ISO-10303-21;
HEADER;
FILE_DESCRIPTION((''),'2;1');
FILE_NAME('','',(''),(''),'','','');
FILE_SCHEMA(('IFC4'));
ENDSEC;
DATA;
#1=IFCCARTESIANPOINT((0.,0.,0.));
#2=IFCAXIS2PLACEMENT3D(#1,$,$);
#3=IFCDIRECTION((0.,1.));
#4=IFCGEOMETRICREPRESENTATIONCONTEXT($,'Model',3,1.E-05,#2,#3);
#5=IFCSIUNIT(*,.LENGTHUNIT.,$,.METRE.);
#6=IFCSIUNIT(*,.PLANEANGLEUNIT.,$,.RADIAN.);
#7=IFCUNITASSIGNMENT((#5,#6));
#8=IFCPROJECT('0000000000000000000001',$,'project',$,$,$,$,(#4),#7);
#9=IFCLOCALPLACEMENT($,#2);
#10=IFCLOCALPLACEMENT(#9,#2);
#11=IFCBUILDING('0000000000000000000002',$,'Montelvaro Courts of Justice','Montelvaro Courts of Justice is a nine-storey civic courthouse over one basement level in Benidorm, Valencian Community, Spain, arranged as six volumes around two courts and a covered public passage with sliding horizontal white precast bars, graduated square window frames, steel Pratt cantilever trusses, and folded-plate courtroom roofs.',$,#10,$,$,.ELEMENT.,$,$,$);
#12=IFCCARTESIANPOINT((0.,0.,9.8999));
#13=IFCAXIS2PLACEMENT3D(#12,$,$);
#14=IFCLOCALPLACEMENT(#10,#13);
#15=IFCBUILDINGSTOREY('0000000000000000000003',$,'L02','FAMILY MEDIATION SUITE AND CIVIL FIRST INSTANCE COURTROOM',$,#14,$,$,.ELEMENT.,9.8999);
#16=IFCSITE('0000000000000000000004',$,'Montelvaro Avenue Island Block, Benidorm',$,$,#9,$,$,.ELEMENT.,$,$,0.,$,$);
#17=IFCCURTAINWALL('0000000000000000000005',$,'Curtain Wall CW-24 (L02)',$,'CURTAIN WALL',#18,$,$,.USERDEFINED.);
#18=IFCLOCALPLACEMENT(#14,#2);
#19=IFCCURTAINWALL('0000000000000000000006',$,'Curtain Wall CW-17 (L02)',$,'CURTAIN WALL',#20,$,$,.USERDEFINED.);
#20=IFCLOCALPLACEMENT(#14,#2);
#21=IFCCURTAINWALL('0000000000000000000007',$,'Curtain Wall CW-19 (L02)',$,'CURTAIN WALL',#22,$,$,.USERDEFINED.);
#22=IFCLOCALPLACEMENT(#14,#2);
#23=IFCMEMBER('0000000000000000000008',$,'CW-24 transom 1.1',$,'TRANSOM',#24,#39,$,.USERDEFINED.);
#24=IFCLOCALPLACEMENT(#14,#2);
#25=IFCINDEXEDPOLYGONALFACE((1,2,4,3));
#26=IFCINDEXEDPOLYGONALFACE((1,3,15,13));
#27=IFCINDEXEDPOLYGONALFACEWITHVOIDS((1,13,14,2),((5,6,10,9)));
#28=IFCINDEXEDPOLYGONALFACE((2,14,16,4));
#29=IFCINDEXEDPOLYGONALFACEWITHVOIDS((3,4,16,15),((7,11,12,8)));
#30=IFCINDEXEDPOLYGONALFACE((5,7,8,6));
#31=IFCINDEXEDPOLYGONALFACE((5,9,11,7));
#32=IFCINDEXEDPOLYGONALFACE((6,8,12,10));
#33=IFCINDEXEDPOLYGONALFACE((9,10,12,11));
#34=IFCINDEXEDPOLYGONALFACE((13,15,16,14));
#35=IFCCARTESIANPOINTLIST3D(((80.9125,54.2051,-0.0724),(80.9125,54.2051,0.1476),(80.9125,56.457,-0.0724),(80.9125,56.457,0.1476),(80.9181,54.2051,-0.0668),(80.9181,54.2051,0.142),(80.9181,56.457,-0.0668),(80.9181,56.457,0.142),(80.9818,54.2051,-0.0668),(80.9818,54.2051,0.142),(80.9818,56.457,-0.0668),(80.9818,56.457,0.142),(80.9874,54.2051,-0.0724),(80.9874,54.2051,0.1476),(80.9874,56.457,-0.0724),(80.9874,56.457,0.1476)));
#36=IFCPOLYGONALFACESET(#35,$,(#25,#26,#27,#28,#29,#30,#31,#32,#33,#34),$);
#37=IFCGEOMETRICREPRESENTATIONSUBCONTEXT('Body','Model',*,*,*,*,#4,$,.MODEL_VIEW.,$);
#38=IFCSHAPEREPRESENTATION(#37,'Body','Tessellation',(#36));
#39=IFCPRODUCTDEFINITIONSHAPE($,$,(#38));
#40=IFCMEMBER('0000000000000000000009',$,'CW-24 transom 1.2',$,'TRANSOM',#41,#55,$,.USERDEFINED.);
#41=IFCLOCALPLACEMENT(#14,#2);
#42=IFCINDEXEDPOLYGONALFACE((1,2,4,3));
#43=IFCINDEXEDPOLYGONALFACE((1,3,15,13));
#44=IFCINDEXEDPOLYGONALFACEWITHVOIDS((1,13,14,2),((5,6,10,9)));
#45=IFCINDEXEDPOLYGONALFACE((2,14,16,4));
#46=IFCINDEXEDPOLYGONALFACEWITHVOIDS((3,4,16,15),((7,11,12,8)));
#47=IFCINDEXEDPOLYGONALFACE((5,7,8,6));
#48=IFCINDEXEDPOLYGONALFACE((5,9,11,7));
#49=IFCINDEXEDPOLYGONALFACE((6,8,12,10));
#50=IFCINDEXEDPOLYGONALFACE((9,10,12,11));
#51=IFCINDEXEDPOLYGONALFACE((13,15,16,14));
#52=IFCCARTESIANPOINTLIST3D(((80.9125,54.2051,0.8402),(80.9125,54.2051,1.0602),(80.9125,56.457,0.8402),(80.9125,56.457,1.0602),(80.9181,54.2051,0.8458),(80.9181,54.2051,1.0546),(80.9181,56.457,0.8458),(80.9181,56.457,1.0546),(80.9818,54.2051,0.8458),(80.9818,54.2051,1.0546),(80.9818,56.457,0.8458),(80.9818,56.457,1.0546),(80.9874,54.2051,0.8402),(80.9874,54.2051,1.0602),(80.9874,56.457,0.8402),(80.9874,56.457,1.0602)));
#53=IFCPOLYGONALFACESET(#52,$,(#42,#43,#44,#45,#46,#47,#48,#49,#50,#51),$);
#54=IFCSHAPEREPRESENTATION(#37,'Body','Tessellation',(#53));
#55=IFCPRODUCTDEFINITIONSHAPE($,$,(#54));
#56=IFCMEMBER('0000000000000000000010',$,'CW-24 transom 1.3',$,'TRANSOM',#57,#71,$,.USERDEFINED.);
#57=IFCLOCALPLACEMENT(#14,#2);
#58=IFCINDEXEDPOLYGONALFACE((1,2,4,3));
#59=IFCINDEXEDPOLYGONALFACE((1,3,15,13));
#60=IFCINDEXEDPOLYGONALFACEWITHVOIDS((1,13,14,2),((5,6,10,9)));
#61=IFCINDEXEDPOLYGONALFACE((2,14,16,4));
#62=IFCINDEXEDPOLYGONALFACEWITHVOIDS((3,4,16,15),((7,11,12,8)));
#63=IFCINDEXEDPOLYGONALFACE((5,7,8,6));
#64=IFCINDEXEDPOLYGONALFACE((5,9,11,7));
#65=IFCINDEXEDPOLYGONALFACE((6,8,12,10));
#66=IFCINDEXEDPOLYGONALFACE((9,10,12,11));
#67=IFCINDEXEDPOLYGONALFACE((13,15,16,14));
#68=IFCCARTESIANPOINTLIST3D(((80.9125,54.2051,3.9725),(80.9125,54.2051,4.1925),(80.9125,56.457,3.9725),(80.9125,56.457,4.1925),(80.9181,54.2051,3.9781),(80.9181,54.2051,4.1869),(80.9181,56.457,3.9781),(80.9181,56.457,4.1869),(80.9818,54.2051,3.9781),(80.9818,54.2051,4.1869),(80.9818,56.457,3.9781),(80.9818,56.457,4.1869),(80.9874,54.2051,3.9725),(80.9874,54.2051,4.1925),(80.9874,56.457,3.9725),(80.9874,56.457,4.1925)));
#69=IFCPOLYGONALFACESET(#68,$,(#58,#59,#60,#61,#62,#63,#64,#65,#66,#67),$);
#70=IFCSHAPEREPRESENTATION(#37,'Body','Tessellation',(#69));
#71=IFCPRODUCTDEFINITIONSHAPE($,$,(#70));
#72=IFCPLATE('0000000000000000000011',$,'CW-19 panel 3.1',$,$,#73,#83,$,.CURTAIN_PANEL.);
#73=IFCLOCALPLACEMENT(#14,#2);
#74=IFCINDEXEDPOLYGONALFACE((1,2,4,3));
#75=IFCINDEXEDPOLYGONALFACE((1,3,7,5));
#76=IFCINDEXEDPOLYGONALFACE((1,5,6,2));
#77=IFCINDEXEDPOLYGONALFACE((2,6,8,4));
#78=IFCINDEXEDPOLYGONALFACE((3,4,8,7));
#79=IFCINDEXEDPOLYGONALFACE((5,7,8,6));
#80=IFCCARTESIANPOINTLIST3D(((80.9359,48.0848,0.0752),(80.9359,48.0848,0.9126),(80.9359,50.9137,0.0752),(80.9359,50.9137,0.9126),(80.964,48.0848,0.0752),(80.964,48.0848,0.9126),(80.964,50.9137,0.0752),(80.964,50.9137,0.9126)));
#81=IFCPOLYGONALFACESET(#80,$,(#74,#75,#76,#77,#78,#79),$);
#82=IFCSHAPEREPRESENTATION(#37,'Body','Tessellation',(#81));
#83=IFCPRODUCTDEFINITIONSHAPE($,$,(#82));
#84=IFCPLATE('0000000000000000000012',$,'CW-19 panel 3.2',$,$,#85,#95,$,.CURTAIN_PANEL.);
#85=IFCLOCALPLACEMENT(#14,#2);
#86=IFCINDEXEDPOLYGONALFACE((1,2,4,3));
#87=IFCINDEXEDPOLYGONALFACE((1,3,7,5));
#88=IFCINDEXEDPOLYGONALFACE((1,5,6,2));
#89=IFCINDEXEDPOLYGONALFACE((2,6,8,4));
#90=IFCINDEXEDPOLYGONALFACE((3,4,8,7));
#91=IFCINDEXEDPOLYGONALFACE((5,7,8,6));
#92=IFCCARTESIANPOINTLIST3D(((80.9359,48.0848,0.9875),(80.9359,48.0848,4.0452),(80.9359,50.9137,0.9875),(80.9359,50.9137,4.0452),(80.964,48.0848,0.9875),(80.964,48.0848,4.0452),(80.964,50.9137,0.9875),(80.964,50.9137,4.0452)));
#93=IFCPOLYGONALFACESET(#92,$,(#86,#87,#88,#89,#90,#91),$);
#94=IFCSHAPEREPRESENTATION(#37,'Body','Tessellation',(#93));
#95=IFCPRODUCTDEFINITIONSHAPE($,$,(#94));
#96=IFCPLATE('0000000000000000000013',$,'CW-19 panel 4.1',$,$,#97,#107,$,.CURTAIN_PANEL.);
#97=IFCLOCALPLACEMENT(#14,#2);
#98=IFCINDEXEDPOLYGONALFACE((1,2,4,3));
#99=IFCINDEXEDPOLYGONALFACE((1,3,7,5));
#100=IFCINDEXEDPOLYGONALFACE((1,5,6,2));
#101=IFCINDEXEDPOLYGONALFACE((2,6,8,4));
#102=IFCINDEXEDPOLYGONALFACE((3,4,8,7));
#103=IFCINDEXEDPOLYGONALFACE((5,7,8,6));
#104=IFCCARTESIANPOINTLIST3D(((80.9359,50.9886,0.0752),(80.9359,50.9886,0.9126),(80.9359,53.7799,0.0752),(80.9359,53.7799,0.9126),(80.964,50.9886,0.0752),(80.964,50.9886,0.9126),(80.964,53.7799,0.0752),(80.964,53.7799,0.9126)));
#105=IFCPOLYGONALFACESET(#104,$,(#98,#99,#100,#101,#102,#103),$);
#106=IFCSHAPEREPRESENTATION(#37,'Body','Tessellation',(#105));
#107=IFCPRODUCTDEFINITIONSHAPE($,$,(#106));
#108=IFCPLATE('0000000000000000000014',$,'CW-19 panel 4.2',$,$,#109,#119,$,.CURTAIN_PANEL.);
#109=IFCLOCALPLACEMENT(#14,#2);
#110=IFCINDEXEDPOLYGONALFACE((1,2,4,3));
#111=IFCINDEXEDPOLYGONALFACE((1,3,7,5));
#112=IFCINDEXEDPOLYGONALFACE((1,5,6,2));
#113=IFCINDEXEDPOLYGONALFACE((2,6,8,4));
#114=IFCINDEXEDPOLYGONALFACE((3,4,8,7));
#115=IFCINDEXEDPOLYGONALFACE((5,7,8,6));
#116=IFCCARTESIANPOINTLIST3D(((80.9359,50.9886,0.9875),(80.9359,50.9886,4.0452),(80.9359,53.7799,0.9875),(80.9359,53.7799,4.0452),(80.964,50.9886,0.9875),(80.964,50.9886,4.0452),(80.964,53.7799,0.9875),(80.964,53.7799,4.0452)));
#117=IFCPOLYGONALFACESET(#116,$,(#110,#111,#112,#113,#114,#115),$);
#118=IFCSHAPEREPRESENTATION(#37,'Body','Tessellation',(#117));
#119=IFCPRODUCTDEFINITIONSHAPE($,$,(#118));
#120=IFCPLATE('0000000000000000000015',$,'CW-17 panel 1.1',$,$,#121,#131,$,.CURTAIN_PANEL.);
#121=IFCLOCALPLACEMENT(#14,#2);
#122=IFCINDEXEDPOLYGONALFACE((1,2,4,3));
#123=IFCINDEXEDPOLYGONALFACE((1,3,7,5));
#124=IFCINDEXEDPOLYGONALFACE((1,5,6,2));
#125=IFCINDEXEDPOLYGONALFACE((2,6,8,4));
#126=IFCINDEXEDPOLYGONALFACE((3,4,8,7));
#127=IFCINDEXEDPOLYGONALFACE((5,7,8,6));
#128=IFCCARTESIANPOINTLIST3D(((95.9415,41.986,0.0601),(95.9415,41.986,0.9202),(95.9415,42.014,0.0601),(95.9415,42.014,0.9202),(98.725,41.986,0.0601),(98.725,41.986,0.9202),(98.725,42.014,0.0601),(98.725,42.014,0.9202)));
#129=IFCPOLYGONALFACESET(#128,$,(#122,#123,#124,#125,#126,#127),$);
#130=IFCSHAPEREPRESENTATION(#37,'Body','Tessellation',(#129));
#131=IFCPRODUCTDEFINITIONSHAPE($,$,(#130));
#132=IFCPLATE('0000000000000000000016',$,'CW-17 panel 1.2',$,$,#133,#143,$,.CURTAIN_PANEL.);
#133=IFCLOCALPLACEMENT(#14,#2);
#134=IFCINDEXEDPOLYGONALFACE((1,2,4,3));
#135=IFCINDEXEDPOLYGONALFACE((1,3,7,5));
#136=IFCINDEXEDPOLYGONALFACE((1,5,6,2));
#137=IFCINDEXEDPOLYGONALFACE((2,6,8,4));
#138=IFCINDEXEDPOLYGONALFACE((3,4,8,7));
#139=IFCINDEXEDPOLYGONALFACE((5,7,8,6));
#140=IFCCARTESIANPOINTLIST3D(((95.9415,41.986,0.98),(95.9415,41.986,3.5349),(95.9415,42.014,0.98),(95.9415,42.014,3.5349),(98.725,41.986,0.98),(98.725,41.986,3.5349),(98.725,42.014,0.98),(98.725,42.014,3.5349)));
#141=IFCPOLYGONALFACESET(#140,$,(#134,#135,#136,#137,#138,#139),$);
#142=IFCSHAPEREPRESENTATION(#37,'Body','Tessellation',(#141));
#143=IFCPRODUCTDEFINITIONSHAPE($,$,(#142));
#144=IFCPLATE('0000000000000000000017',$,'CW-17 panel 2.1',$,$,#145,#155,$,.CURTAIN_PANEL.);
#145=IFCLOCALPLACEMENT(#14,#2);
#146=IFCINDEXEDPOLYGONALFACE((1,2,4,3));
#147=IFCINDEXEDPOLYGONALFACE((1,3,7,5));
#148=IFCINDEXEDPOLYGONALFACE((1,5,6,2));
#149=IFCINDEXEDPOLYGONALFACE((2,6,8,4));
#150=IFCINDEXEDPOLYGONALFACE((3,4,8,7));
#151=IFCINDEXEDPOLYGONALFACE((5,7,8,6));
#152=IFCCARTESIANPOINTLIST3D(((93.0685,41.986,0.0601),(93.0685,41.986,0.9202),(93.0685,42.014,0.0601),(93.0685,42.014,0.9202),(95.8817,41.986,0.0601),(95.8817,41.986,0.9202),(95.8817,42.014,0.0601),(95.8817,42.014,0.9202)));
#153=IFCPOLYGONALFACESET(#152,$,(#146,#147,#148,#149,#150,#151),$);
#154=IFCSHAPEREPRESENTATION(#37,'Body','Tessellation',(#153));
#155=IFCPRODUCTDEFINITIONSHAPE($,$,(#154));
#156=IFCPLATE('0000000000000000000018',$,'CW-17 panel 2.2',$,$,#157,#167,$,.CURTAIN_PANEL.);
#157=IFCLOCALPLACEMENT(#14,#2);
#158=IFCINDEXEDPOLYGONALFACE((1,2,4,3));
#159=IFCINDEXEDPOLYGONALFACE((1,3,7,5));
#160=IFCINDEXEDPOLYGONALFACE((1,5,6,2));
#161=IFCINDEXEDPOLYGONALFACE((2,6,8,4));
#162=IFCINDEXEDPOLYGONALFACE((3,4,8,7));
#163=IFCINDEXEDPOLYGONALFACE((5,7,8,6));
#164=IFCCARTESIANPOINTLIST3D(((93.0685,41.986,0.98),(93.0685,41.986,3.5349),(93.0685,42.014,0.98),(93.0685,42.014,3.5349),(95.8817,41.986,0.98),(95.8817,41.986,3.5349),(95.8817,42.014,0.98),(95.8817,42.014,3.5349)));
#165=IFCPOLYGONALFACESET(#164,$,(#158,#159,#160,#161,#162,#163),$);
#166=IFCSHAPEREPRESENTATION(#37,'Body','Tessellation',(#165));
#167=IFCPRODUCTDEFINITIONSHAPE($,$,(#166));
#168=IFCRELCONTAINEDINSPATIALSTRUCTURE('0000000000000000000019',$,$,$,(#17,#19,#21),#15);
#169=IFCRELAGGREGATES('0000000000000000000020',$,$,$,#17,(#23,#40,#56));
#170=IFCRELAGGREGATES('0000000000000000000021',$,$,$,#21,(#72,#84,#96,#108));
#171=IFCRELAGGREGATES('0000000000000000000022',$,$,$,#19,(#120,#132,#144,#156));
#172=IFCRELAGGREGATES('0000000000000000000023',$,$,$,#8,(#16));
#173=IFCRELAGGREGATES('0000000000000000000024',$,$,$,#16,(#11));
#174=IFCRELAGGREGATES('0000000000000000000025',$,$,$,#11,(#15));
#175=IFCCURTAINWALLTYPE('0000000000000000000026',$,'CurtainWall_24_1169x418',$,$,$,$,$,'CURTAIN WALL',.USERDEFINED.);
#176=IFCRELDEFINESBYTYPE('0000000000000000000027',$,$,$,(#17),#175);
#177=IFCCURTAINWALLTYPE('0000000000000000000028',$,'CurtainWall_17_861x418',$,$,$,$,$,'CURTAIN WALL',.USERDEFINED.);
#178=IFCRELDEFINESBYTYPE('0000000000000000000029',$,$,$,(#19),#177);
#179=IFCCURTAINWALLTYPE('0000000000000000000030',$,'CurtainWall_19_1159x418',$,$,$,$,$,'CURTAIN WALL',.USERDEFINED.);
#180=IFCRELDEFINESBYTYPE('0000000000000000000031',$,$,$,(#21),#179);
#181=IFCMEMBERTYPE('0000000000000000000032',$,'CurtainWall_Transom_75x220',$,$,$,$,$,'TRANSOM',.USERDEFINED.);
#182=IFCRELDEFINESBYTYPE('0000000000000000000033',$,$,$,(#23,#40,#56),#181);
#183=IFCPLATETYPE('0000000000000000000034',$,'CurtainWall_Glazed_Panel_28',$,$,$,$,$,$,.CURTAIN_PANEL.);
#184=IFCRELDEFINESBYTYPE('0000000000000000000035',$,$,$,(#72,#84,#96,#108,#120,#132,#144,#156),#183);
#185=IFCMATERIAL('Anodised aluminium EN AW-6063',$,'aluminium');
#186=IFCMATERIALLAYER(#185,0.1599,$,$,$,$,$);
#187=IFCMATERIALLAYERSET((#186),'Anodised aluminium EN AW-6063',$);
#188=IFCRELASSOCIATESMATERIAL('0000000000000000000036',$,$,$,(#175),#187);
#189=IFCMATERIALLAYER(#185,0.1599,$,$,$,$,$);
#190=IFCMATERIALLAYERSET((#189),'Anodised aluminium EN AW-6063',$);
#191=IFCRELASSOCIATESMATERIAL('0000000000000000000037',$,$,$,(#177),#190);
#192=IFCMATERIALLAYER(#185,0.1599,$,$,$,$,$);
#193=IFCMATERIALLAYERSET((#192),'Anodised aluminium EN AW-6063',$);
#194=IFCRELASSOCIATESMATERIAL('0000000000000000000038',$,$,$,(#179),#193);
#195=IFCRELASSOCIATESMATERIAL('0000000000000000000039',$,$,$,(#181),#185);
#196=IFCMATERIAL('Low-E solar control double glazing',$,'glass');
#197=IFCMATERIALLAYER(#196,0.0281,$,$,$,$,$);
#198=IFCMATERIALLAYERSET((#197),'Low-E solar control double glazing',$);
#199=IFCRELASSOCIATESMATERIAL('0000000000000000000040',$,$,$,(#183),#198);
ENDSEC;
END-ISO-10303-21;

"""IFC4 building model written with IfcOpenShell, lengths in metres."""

from ifc_helpers import new_model, si_unit, direction, frame, origin, origin_2d, place, context, subcontext, project, spatial, rectangle, hollow_rectangle, extrude, material, layer, layer_set, material_profile, profile_set, type_object, element, aggregate, save


model = new_model("IFC4")

# Units and contexts
model_context = context("Model", 3, precision=1e-05, world=origin(), true_north=direction((0.0, 1.0)))
body_context = subcontext(model_context, "Body", "Model", "MODEL_VIEW")
ifc_project = project(units=[si_unit("LENGTHUNIT", "METRE"), si_unit("PLANEANGLEUNIT", "RADIAN")], contexts=[model_context])

# Site, building, storey
site_placement = place(None, origin())
site = spatial("IfcSite", under=ifc_project, at=site_placement, Name="Montelvaro Avenue Island Block, Benidorm", CompositionType="ELEMENT", RefElevation=0.0)
building_placement = place(site_placement, origin())
building = spatial("IfcBuilding", under=site, at=building_placement, Name="Montelvaro Courts of Justice", Description="Montelvaro Courts of Justice is a nine-storey civic courthouse over one basement level in Benidorm, Valencian Community, Spain, arranged as six volumes around two courts and a covered public passage with sliding horizontal white precast bars, graduated square window frames, steel Pratt cantilever trusses, and folded-plate courtroom roofs.", CompositionType="ELEMENT")
storey_placement = place(building_placement, frame((0.0, 0.0, 9.8999)))
storey = spatial("IfcBuildingStorey", under=building, at=storey_placement, Name="L02", Description="FAMILY MEDIATION SUITE AND CIVIL FIRST INSTANCE COURTROOM", CompositionType="ELEMENT", Elevation=9.8999)

# Curtain wall
ifc_material_1 = material(Name="Anodised aluminium EN AW-6063", Category="aluminium")
ifc_layer_1 = layer(ifc_material_1, 0.1599)
ifc_layer_set_1 = layer_set([ifc_layer_1], Name="Anodised aluminium EN AW-6063")
curtain_wall_type_1 = type_object("IfcCurtainWallType", Name="CurtainWall_24_1169x418", ElementType="CURTAIN WALL", PredefinedType="USERDEFINED", material=ifc_layer_set_1)
curtain_wall_1_placement = place(storey_placement, origin())
curtain_wall_1 = element("IfcCurtainWall", 1, at=curtain_wall_1_placement, inside=storey, type_object=curtain_wall_type_1, Name="Curtain Wall CW-24 (L02)", ObjectType="CURTAIN WALL", PredefinedType="USERDEFINED")

# Curtain walls
ifc_layer_2 = layer(ifc_material_1, 0.1599)
ifc_layer_set_2 = layer_set([ifc_layer_2], Name="Anodised aluminium EN AW-6063")
curtain_wall_type_2 = type_object("IfcCurtainWallType", Name="CurtainWall_17_861x418", ElementType="CURTAIN WALL", PredefinedType="USERDEFINED", material=ifc_layer_set_2)
curtain_wall_2_placement = place(storey_placement, origin())
curtain_wall_2 = element("IfcCurtainWall", 2, at=curtain_wall_2_placement, inside=storey, type_object=curtain_wall_type_2, Name="Curtain Wall CW-17 (L02)", ObjectType="CURTAIN WALL", PredefinedType="USERDEFINED")
ifc_layer_3 = layer(ifc_material_1, 0.1599)
ifc_layer_set_3 = layer_set([ifc_layer_3], Name="Anodised aluminium EN AW-6063")
curtain_wall_type_3 = type_object("IfcCurtainWallType", Name="CurtainWall_19_1159x418", ElementType="CURTAIN WALL", PredefinedType="USERDEFINED", material=ifc_layer_set_3)
curtain_wall_3_placement = place(storey_placement, origin())
curtain_wall_3 = element("IfcCurtainWall", 3, at=curtain_wall_3_placement, inside=storey, type_object=curtain_wall_type_3, Name="Curtain Wall CW-19 (L02)", ObjectType="CURTAIN WALL", PredefinedType="USERDEFINED")

# Members
ifc_material_profile_1 = material_profile(ifc_material_1, hollow_rectangle(XDim=0.075, YDim=0.22, WallThickness=0.0056, at=origin_2d()), Name="ALU-T 75x220")
ifc_profile_set_1 = profile_set([ifc_material_profile_1], Name="Anodised aluminium EN AW-6063")
member_type_1 = type_object("IfcMemberType", Name="CurtainWall_Transom_75x220", ElementType="TRANSOM", PredefinedType="USERDEFINED", material=ifc_profile_set_1)
member_1_placement = place(storey_placement, frame((80.95, 54.2051, 0.0376), z_axis=(0.0, 1.0, 0.0), x_axis=(-1.0, 0.0, 0.0)))
member_1 = element("IfcMember", 4, at=member_1_placement, type_object=member_type_1, Name="CW-24 transom 1.1", ObjectType="TRANSOM", PredefinedType="USERDEFINED", context=body_context, shape_type="SweptSolid", body=[
    extrude(hollow_rectangle(XDim=0.075, YDim=0.22, WallThickness=0.0056, at=origin_2d()), origin(), (0.0, 0.0, 1.0), 2.252),
])
member_2_placement = place(storey_placement, frame((80.95, 54.2051, 0.9502), z_axis=(0.0, 1.0, 0.0), x_axis=(-1.0, 0.0, 0.0)))
member_2 = element("IfcMember", 5, at=member_2_placement, type_object=member_type_1, Name="CW-24 transom 1.2", ObjectType="TRANSOM", PredefinedType="USERDEFINED", context=body_context, shape_type="SweptSolid", body=[
    extrude(hollow_rectangle(XDim=0.075, YDim=0.22, WallThickness=0.0056, at=origin_2d()), origin(), (0.0, 0.0, 1.0), 2.252),
])
member_3_placement = place(storey_placement, frame((80.95, 54.2051, 4.0825), z_axis=(0.0, 1.0, 0.0), x_axis=(-1.0, 0.0, 0.0)))
member_3 = element("IfcMember", 6, at=member_3_placement, type_object=member_type_1, Name="CW-24 transom 1.3", ObjectType="TRANSOM", PredefinedType="USERDEFINED", context=body_context, shape_type="SweptSolid", body=[
    extrude(hollow_rectangle(XDim=0.075, YDim=0.22, WallThickness=0.0056, at=origin_2d()), origin(), (0.0, 0.0, 1.0), 2.252),
])
aggregate(curtain_wall_1, [member_1, member_2, member_3])

# Plates
ifc_material_2 = material(Name="Low-E solar control double glazing", Category="glass")
ifc_layer_4 = layer(ifc_material_2, 0.0281)
ifc_layer_set_4 = layer_set([ifc_layer_4], Name="Low-E solar control double glazing")
plate_type = type_object("IfcPlateType", Name="CurtainWall_Glazed_Panel_28", PredefinedType="CURTAIN_PANEL", material=ifc_layer_set_4)
plate_1_placement = place(storey_placement, frame((80.95, 49.4993, 0.0752), z_axis=(0.0, 0.0, 1.0), x_axis=(0.0, 1.0, 0.0)))
plate_1 = element("IfcPlate", 7, at=plate_1_placement, type_object=plate_type, Name="CW-19 panel 3.1", PredefinedType="CURTAIN_PANEL", context=body_context, shape_type="SweptSolid", body=[
    extrude(rectangle(XDim=2.8289, YDim=0.0281, at=origin_2d()), origin(), (0.0, 0.0, 1.0), 0.8374),
])
plate_2_placement = place(storey_placement, frame((80.95, 49.4993, 0.9875), z_axis=(0.0, 0.0, 1.0), x_axis=(0.0, 1.0, 0.0)))
plate_2 = element("IfcPlate", 8, at=plate_2_placement, type_object=plate_type, Name="CW-19 panel 3.2", PredefinedType="CURTAIN_PANEL", context=body_context, shape_type="SweptSolid", body=[
    extrude(rectangle(XDim=2.8289, YDim=0.0281, at=origin_2d()), origin(), (0.0, 0.0, 1.0), 3.0576),
])
plate_3_placement = place(storey_placement, frame((80.95, 52.3843, 0.0752), z_axis=(0.0, 0.0, 1.0), x_axis=(0.0, 1.0, 0.0)))
plate_3 = element("IfcPlate", 9, at=plate_3_placement, type_object=plate_type, Name="CW-19 panel 4.1", PredefinedType="CURTAIN_PANEL", context=body_context, shape_type="SweptSolid", body=[
    extrude(rectangle(XDim=2.7913, YDim=0.0281, at=origin_2d()), origin(), (0.0, 0.0, 1.0), 0.8374),
])
plate_4_placement = place(storey_placement, frame((80.95, 52.3843, 0.9875), z_axis=(0.0, 0.0, 1.0), x_axis=(0.0, 1.0, 0.0)))
plate_4 = element("IfcPlate", 10, at=plate_4_placement, type_object=plate_type, Name="CW-19 panel 4.2", PredefinedType="CURTAIN_PANEL", context=body_context, shape_type="SweptSolid", body=[
    extrude(rectangle(XDim=2.7913, YDim=0.0281, at=origin_2d()), origin(), (0.0, 0.0, 1.0), 3.0576),
])
aggregate(curtain_wall_3, [plate_1, plate_2, plate_3, plate_4])
plate_5_placement = place(storey_placement, frame((97.3333, 42.0, 0.0601), z_axis=(0.0, 0.0, 1.0), x_axis=(-1.0, 0.0, 0.0)))
plate_5 = element("IfcPlate", 11, at=plate_5_placement, type_object=plate_type, Name="CW-17 panel 1.1", PredefinedType="CURTAIN_PANEL", context=body_context, shape_type="SweptSolid", body=[
    extrude(rectangle(XDim=2.7834, YDim=0.0281, at=origin_2d()), origin(), (0.0, 0.0, 1.0), 0.8601),
])
plate_6_placement = place(storey_placement, frame((97.3333, 42.0, 0.98), z_axis=(0.0, 0.0, 1.0), x_axis=(-1.0, 0.0, 0.0)))
plate_6 = element("IfcPlate", 12, at=plate_6_placement, type_object=plate_type, Name="CW-17 panel 1.2", PredefinedType="CURTAIN_PANEL", context=body_context, shape_type="SweptSolid", body=[
    extrude(rectangle(XDim=2.7834, YDim=0.0281, at=origin_2d()), origin(), (0.0, 0.0, 1.0), 2.5549),
])
plate_7_placement = place(storey_placement, frame((94.4751, 42.0, 0.0601), z_axis=(0.0, 0.0, 1.0), x_axis=(-1.0, 0.0, 0.0)))
plate_7 = element("IfcPlate", 13, at=plate_7_placement, type_object=plate_type, Name="CW-17 panel 2.1", PredefinedType="CURTAIN_PANEL", context=body_context, shape_type="SweptSolid", body=[
    extrude(rectangle(XDim=2.8132, YDim=0.0281, at=origin_2d()), origin(), (0.0, 0.0, 1.0), 0.8601),
])
plate_8_placement = place(storey_placement, frame((94.4751, 42.0, 0.98), z_axis=(0.0, 0.0, 1.0), x_axis=(-1.0, 0.0, 0.0)))
plate_8 = element("IfcPlate", 14, at=plate_8_placement, type_object=plate_type, Name="CW-17 panel 2.2", PredefinedType="CURTAIN_PANEL", context=body_context, shape_type="SweptSolid", body=[
    extrude(rectangle(XDim=2.8132, YDim=0.0281, at=origin_2d()), origin(), (0.0, 0.0, 1.0), 2.5549),
])
aggregate(curtain_wall_2, [plate_5, plate_6, plate_7, plate_8])

save(model, "model.ifc")
